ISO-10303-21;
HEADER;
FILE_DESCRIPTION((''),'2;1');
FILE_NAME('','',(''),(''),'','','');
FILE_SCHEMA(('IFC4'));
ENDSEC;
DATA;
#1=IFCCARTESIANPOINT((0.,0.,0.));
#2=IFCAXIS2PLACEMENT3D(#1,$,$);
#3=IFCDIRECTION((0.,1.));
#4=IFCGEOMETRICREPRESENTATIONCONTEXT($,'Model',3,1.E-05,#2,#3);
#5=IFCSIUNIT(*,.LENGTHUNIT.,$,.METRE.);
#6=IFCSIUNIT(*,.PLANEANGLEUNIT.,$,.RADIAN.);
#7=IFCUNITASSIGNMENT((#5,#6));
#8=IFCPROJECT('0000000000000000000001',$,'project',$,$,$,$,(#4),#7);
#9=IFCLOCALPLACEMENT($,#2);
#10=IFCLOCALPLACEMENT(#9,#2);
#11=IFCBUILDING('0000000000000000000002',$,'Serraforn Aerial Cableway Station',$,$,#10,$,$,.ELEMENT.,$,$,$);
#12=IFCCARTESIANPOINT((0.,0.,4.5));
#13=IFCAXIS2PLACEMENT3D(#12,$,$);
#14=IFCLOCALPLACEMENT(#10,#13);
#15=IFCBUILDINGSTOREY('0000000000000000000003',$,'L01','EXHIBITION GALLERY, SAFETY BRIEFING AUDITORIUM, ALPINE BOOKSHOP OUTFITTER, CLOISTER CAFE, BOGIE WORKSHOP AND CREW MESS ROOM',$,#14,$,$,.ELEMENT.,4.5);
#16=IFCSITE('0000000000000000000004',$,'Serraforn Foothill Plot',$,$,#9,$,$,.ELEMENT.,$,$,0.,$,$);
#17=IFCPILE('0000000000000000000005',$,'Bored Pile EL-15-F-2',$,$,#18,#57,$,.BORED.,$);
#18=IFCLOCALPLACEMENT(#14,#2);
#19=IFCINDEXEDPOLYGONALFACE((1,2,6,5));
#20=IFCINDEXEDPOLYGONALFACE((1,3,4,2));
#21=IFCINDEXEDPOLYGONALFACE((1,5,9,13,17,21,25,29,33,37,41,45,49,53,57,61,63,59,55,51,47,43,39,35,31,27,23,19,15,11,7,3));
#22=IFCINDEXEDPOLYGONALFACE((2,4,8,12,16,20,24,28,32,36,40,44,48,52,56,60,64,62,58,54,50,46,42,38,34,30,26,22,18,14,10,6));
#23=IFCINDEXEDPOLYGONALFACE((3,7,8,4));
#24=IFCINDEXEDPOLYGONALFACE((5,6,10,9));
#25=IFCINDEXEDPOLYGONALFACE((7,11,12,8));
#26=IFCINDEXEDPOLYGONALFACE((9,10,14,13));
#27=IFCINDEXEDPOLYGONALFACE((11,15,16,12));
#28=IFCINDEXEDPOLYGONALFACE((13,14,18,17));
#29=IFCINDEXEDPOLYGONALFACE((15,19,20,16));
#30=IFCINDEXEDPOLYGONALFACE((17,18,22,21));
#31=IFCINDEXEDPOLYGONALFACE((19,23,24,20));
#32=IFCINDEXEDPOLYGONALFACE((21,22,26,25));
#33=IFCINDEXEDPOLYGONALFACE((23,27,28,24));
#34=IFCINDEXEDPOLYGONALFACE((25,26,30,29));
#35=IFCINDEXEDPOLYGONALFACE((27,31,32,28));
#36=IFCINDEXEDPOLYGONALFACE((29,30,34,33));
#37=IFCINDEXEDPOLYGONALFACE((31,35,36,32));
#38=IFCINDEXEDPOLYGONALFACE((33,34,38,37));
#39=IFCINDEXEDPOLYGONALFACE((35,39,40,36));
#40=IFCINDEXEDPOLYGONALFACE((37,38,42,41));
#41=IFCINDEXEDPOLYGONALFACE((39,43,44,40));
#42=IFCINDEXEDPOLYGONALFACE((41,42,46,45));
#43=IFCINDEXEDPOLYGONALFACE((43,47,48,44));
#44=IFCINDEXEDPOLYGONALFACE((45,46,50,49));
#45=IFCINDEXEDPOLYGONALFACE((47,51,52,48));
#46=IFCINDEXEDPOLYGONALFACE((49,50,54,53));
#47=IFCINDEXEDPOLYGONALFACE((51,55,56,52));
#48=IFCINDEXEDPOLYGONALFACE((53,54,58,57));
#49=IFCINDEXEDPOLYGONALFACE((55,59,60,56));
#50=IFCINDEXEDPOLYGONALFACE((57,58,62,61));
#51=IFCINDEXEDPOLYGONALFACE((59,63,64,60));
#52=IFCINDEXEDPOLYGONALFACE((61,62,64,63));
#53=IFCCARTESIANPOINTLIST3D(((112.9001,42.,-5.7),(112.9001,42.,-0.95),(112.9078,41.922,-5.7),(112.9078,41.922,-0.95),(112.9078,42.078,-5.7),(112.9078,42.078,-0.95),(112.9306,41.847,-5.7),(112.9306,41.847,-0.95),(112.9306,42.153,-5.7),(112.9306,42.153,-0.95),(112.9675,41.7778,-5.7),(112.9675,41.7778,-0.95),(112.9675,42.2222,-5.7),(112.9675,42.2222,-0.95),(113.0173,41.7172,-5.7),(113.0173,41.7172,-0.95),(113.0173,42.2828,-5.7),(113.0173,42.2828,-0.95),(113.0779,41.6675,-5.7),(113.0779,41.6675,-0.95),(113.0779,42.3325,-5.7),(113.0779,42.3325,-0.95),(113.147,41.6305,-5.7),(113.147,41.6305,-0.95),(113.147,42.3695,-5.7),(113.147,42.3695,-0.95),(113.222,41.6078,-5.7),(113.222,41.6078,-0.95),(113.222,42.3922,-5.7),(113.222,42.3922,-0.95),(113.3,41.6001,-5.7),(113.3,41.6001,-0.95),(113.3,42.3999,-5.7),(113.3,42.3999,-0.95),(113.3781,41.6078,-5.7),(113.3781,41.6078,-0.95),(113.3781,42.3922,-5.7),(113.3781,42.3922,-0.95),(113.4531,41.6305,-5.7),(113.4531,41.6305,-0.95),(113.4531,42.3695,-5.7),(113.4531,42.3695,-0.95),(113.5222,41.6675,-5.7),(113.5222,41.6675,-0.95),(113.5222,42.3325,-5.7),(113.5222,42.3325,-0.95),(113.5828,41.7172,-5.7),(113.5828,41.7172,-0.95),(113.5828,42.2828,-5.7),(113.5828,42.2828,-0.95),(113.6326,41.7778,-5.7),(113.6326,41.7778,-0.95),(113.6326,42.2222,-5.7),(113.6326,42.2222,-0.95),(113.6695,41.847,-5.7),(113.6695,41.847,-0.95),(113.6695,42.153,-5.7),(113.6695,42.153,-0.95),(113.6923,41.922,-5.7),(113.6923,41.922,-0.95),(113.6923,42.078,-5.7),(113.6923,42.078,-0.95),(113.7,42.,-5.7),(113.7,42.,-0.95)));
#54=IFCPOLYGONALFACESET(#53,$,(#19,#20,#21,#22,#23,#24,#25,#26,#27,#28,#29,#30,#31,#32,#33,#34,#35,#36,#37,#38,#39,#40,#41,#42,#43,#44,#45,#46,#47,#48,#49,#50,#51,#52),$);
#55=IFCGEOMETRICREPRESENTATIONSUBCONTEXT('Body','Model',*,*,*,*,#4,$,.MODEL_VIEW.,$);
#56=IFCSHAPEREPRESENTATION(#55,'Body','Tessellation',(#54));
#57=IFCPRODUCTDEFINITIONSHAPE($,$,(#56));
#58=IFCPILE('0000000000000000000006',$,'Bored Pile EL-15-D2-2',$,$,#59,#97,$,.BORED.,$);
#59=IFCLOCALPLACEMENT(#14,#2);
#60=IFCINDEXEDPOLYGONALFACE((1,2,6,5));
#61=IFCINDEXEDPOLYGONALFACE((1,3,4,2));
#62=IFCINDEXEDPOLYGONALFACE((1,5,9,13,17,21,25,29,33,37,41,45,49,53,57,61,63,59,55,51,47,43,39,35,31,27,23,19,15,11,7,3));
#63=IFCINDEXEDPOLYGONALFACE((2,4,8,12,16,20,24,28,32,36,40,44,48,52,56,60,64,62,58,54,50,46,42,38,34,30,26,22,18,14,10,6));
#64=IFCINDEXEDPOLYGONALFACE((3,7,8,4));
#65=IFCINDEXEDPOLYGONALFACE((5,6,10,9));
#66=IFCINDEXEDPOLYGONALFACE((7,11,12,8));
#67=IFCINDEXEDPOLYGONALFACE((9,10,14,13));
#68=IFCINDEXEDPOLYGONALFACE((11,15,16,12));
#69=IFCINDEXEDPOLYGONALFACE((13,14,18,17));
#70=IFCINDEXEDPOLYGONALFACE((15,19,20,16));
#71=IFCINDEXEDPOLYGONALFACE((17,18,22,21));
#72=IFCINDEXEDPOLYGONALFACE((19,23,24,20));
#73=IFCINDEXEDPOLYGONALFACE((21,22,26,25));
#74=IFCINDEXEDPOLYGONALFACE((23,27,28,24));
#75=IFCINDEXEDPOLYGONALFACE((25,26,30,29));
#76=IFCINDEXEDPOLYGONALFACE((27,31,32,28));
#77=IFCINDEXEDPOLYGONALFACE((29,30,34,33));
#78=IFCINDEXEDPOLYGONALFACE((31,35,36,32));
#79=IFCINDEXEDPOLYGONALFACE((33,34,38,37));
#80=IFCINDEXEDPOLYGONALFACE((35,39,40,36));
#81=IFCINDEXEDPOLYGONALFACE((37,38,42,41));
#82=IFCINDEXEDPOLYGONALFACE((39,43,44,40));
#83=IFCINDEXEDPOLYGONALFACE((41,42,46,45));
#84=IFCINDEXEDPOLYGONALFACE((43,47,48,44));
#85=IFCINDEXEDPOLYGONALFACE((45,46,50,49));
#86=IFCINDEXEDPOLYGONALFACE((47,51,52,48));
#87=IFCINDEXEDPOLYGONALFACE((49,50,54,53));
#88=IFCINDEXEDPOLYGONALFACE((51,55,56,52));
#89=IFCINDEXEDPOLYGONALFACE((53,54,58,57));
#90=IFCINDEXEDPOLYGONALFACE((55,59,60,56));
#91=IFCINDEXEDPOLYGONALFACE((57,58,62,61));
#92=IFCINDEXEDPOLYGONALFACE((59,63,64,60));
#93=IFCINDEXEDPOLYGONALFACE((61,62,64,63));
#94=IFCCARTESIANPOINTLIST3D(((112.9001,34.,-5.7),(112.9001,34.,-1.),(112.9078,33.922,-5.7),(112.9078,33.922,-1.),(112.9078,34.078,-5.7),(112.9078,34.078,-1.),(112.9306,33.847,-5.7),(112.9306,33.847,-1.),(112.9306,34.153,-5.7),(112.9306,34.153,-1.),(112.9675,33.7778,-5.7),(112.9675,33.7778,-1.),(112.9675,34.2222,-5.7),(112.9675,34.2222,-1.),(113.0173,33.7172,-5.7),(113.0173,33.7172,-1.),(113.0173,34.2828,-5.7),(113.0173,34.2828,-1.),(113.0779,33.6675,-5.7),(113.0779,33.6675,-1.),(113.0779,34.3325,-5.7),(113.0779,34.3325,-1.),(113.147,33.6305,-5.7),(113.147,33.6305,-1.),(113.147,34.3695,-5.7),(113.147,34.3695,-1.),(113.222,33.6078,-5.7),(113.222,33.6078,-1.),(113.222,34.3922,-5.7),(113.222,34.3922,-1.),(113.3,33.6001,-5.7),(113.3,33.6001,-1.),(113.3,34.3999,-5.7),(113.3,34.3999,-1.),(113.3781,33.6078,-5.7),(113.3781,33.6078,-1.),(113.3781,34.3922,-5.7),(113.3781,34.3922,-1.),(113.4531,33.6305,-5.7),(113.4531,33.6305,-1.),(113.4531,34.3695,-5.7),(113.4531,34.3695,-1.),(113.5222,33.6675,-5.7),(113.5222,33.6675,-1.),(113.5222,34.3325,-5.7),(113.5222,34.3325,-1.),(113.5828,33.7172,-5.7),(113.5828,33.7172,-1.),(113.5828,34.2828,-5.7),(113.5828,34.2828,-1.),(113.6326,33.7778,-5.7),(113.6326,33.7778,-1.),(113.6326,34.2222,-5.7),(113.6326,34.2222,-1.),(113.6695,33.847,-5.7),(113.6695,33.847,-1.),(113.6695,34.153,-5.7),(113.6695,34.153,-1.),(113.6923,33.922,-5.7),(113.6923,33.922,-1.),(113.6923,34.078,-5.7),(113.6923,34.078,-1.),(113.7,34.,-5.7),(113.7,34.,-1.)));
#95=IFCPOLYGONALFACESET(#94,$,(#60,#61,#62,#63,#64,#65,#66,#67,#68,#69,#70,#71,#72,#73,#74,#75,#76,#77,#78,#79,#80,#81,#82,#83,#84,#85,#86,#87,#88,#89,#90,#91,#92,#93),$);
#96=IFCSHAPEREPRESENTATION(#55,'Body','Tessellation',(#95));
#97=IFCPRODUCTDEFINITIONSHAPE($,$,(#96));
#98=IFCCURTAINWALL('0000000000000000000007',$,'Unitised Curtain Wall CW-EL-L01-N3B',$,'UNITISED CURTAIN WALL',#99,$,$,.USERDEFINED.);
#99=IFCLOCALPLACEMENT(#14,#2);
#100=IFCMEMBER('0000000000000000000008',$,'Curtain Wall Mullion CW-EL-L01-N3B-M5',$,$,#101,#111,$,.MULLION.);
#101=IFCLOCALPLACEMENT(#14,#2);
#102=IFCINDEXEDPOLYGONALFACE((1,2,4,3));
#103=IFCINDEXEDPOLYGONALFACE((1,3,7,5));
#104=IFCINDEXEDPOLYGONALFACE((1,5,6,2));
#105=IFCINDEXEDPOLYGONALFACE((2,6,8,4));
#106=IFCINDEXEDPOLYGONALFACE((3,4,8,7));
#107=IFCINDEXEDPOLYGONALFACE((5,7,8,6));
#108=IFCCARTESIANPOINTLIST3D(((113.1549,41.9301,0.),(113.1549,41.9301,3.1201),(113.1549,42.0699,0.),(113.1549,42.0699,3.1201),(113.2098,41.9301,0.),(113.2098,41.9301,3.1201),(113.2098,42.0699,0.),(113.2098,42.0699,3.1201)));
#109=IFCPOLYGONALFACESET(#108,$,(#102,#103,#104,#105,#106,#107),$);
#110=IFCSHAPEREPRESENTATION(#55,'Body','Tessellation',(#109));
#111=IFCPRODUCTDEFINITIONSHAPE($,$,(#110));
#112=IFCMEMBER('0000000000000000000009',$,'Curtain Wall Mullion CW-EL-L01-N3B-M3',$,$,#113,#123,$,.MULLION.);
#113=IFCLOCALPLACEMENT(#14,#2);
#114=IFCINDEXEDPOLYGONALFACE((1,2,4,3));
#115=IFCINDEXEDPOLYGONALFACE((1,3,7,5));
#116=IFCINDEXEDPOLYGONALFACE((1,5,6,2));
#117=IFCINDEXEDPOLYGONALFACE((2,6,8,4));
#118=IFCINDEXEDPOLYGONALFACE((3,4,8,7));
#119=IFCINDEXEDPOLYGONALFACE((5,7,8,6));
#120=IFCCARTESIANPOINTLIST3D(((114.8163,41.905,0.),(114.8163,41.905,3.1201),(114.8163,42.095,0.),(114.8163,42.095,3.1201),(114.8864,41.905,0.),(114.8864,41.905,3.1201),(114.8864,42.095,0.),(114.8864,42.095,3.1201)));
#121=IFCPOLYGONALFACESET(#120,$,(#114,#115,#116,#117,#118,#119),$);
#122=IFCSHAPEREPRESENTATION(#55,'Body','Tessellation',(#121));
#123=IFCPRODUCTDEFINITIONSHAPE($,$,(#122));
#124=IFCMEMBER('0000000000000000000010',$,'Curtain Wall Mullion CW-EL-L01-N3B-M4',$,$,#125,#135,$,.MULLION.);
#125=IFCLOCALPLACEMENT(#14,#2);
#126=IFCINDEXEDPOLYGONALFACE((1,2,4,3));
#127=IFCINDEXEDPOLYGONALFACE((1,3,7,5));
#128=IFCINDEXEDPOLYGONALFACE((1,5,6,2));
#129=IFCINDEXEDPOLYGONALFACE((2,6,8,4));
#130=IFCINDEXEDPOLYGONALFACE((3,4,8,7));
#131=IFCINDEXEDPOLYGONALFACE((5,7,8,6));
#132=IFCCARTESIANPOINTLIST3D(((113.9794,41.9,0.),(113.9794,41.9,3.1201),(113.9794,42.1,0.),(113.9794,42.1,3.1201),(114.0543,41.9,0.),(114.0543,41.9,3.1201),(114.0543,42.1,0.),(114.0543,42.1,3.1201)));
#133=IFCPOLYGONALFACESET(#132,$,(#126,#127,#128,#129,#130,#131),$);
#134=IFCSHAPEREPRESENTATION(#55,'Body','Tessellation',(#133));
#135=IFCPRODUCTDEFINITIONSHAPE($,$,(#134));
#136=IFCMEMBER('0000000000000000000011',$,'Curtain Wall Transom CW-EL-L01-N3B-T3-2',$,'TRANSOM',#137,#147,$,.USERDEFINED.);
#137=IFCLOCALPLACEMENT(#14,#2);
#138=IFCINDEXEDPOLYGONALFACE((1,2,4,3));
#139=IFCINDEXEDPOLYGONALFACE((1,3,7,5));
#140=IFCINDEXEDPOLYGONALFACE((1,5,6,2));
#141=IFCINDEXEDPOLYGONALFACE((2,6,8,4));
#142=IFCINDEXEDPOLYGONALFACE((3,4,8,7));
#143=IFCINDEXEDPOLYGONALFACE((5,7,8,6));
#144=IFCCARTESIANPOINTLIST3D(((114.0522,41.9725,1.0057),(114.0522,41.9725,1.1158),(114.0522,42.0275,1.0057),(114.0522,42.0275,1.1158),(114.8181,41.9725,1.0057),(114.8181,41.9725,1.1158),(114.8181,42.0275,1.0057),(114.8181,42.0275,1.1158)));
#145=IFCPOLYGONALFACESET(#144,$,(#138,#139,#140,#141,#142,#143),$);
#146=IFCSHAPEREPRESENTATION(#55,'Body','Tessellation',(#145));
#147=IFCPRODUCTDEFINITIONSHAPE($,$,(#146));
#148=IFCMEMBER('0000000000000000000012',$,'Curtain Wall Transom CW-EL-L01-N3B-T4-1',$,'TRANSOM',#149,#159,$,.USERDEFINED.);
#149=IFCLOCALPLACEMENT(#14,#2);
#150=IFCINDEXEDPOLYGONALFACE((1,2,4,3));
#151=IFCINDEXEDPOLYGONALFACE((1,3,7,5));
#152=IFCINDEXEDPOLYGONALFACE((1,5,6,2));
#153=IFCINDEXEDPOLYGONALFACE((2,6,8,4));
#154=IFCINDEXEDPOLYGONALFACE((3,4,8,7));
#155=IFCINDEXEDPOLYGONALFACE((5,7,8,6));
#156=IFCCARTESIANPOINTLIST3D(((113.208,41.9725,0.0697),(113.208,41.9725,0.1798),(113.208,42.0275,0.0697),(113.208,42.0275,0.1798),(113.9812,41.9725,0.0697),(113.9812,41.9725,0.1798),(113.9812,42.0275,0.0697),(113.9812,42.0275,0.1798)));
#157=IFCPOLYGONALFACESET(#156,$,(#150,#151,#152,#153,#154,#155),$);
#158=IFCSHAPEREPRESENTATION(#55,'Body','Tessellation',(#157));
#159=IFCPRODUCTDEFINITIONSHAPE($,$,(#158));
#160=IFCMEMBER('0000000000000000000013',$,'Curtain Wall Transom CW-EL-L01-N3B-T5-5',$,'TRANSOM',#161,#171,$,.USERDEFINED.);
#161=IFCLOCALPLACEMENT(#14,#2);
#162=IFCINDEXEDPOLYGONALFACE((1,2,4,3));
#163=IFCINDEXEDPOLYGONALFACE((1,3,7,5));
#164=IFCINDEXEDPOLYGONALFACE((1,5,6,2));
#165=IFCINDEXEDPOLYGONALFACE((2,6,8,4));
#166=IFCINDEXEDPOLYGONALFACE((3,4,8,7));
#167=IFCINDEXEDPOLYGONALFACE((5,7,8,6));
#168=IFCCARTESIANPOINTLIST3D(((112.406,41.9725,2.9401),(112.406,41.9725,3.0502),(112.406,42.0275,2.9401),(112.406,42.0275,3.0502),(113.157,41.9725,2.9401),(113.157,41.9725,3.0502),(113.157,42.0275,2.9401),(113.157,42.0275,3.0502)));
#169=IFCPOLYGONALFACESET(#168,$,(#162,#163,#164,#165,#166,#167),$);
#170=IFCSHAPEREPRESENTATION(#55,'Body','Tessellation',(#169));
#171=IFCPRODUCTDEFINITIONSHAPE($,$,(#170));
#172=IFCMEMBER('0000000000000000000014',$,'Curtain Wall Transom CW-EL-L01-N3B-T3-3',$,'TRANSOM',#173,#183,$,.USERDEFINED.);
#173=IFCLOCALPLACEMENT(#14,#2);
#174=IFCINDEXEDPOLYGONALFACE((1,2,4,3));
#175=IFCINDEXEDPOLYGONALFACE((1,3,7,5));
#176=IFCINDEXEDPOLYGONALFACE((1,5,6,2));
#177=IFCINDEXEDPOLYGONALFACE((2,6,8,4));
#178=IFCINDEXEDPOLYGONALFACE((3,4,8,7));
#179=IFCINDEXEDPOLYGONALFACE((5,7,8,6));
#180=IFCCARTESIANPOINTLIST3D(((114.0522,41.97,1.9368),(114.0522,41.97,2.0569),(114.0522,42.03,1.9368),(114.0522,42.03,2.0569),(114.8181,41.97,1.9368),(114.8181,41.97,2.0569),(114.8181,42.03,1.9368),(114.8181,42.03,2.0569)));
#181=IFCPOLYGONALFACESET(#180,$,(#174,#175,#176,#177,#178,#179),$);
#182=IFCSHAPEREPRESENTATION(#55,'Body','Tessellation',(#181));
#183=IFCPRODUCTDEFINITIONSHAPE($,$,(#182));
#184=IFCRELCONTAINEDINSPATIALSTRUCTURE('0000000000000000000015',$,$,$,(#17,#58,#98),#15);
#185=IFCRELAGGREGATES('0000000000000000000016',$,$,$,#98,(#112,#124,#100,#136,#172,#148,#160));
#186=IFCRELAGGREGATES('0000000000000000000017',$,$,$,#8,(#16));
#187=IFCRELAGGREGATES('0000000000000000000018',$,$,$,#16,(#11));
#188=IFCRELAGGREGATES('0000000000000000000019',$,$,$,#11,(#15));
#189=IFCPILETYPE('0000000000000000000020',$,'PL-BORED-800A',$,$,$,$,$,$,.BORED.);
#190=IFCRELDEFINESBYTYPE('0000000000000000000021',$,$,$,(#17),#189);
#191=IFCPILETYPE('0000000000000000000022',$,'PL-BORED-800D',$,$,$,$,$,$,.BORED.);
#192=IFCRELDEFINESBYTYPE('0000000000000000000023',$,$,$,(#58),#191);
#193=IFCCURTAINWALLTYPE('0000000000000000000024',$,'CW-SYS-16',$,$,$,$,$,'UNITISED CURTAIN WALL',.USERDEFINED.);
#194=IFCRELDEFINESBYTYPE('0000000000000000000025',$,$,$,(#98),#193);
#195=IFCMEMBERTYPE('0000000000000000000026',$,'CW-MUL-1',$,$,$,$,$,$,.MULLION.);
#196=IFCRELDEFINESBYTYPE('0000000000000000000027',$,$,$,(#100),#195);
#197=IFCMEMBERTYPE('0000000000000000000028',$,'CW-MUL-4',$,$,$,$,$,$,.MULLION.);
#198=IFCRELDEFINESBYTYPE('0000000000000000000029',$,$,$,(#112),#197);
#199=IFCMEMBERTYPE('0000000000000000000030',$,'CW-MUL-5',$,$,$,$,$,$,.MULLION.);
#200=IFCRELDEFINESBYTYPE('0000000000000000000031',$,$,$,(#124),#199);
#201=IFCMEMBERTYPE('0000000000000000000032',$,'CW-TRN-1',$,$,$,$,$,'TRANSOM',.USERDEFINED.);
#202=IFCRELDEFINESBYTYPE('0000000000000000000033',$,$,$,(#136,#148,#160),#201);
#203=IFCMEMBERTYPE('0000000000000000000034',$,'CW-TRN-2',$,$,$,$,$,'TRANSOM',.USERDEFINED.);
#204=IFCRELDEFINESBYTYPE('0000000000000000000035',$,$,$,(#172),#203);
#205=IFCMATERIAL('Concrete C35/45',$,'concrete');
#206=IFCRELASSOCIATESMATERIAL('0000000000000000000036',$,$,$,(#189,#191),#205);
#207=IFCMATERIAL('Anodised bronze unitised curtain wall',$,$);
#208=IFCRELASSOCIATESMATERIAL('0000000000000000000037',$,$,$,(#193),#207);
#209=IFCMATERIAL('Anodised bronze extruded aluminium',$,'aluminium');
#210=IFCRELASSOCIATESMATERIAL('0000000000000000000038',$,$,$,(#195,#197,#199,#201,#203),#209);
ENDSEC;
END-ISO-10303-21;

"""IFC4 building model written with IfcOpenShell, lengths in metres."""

from ifc_helpers import new_model, si_unit, direction, frame, origin, origin_2d, place, context, subcontext, project, spatial, rectangle, circle, extrude, material, material_profile, profile_set, type_object, element, aggregate, save


model = new_model("IFC4")

# Units and contexts
model_context = context("Model", 3, precision=1e-05, world=origin(), true_north=direction((0.0, 1.0)))
body_context = subcontext(model_context, "Body", "Model", "MODEL_VIEW")
ifc_project = project(units=[si_unit("LENGTHUNIT", "METRE"), si_unit("PLANEANGLEUNIT", "RADIAN")], contexts=[model_context])

# Site, building, storey
site_placement = place(None, origin())
site = spatial("IfcSite", under=ifc_project, at=site_placement, Name="Serraforn Foothill Plot", CompositionType="ELEMENT", RefElevation=0.0)
building_placement = place(site_placement, origin())
building = spatial("IfcBuilding", under=site, at=building_placement, Name="Serraforn Aerial Cableway Station", CompositionType="ELEMENT")
storey_placement = place(building_placement, frame((0.0, 0.0, 4.5)))
storey = spatial("IfcBuildingStorey", under=building, at=storey_placement, Name="L01", Description="EXHIBITION GALLERY, SAFETY BRIEFING AUDITORIUM, ALPINE BOOKSHOP OUTFITTER, CLOISTER CAFE, BOGIE WORKSHOP AND CREW MESS ROOM", CompositionType="ELEMENT", Elevation=4.5)

# Piles
ifc_material_1 = material(Name="Concrete C35/45", Category="concrete")
ifc_material_profile_1 = material_profile(ifc_material_1, circle(Radius=0.3999, at=origin_2d()), Name="BORED PILE D800")
ifc_profile_set_1 = profile_set([ifc_material_profile_1], Name="Concrete C35/45")
pile_type_1 = type_object("IfcPileType", Name="PL-BORED-800A", PredefinedType="BORED", material=ifc_profile_set_1)
pile_1_placement = place(storey_placement, frame((113.3, 42.0, -0.95), z_axis=(0.0, 0.0, -1.0), x_axis=(1.0, 0.0, 0.0)))
element("IfcPile", 1, at=pile_1_placement, inside=storey, type_object=pile_type_1, Name="Bored Pile EL-15-F-2", PredefinedType="BORED", context=body_context, shape_type="SweptSolid", body=[
    extrude(circle(Radius=0.3999, at=origin_2d()), origin(), (0.0, 0.0, 1.0), 4.75),
])
ifc_material_profile_2 = material_profile(ifc_material_1, circle(Radius=0.3999, at=origin_2d()), Name="BORED PILE D800")
ifc_profile_set_2 = profile_set([ifc_material_profile_2], Name="Concrete C35/45")
pile_type_2 = type_object("IfcPileType", Name="PL-BORED-800D", PredefinedType="BORED", material=ifc_profile_set_2)
pile_2_placement = place(storey_placement, frame((113.3, 34.0, -1.0), z_axis=(0.0, 0.0, -1.0), x_axis=(1.0, 0.0, 0.0)))
element("IfcPile", 2, at=pile_2_placement, inside=storey, type_object=pile_type_2, Name="Bored Pile EL-15-D2-2", PredefinedType="BORED", context=body_context, shape_type="SweptSolid", body=[
    extrude(circle(Radius=0.3999, at=origin_2d()), origin(), (0.0, 0.0, 1.0), 4.7),
])

# Curtain wall, members
ifc_material_2 = material(Name="Anodised bronze unitised curtain wall")
curtain_wall_type = type_object("IfcCurtainWallType", Name="CW-SYS-16", ElementType="UNITISED CURTAIN WALL", PredefinedType="USERDEFINED", material=ifc_material_2)
curtain_wall_placement = place(storey_placement, origin())
curtain_wall = element("IfcCurtainWall", 3, at=curtain_wall_placement, inside=storey, type_object=curtain_wall_type, Name="Unitised Curtain Wall CW-EL-L01-N3B", ObjectType="UNITISED CURTAIN WALL", PredefinedType="USERDEFINED")
ifc_material_3 = material(Name="Anodised bronze extruded aluminium", Category="aluminium")
ifc_material_profile_3 = material_profile(ifc_material_3, rectangle(XDim=0.0549, YDim=0.1399, at=origin_2d()), Name="CW MULLION 55x140")
ifc_profile_set_3 = profile_set([ifc_material_profile_3], Name="Anodised bronze extruded aluminium")
member_type_1 = type_object("IfcMemberType", Name="CW-MUL-1", PredefinedType="MULLION", material=ifc_profile_set_3)
member_1_placement = place(storey_placement, frame((113.1824, 42.0, 0.0), z_axis=(0.0, 0.0, 1.0), x_axis=(-1.0, 0.0, 0.0)))
member_1 = element("IfcMember", 4, at=member_1_placement, type_object=member_type_1, Name="Curtain Wall Mullion CW-EL-L01-N3B-M5", PredefinedType="MULLION", context=body_context, shape_type="SweptSolid", body=[
    extrude(rectangle(XDim=0.0549, YDim=0.1399, at=origin_2d()), origin(), (0.0, 0.0, 1.0), 3.1201),
])
ifc_material_profile_4 = material_profile(ifc_material_3, rectangle(XDim=0.0701, YDim=0.1899, at=origin_2d()), Name="CW MULLION 70x190")
ifc_profile_set_4 = profile_set([ifc_material_profile_4], Name="Anodised bronze extruded aluminium")
member_type_2 = type_object("IfcMemberType", Name="CW-MUL-4", PredefinedType="MULLION", material=ifc_profile_set_4)
member_2_placement = place(storey_placement, frame((114.8513, 42.0, 0.0), z_axis=(0.0, 0.0, 1.0), x_axis=(-1.0, 0.0, 0.0)))
member_2 = element("IfcMember", 5, at=member_2_placement, type_object=member_type_2, Name="Curtain Wall Mullion CW-EL-L01-N3B-M3", PredefinedType="MULLION", context=body_context, shape_type="SweptSolid", body=[
    extrude(rectangle(XDim=0.0701, YDim=0.1899, at=origin_2d()), origin(), (0.0, 0.0, 1.0), 3.1201),
])
ifc_material_profile_5 = material_profile(ifc_material_3, rectangle(XDim=0.075, YDim=0.2, at=origin_2d()), Name="CW MULLION 75x200")
ifc_profile_set_5 = profile_set([ifc_material_profile_5], Name="Anodised bronze extruded aluminium")
member_type_3 = type_object("IfcMemberType", Name="CW-MUL-5", PredefinedType="MULLION", material=ifc_profile_set_5)
member_3_placement = place(storey_placement, frame((114.0168, 42.0, 0.0), z_axis=(0.0, 0.0, 1.0), x_axis=(-1.0, 0.0, 0.0)))
member_3 = element("IfcMember", 6, at=member_3_placement, type_object=member_type_3, Name="Curtain Wall Mullion CW-EL-L01-N3B-M4", PredefinedType="MULLION", context=body_context, shape_type="SweptSolid", body=[
    extrude(rectangle(XDim=0.075, YDim=0.2, at=origin_2d()), origin(), (0.0, 0.0, 1.0), 3.1201),
])
ifc_material_profile_6 = material_profile(ifc_material_3, rectangle(XDim=0.0549, YDim=0.1101, at=origin_2d()), Name="CW TRANSOM 55x110")
ifc_profile_set_6 = profile_set([ifc_material_profile_6], Name="Anodised bronze extruded aluminium")
member_type_4 = type_object("IfcMemberType", Name="CW-TRN-1", ElementType="TRANSOM", PredefinedType="USERDEFINED", material=ifc_profile_set_6)
member_4_placement = place(storey_placement, frame((114.8181, 42.0, 1.0608), z_axis=(-1.0, 0.0, 0.0), x_axis=(0.0, -1.0, 0.0)))
member_4 = element("IfcMember", 7, at=member_4_placement, type_object=member_type_4, Name="Curtain Wall Transom CW-EL-L01-N3B-T3-2", ObjectType="TRANSOM", PredefinedType="USERDEFINED", context=body_context, shape_type="SweptSolid", body=[
    extrude(rectangle(XDim=0.0549, YDim=0.1101, at=origin_2d()), origin(), (0.0, 0.0, 1.0), 0.7659),
])
member_5_placement = place(storey_placement, frame((113.9812, 42.0, 0.1248), z_axis=(-1.0, 0.0, 0.0), x_axis=(0.0, -1.0, 0.0)))
member_5 = element("IfcMember", 8, at=member_5_placement, type_object=member_type_4, Name="Curtain Wall Transom CW-EL-L01-N3B-T4-1", ObjectType="TRANSOM", PredefinedType="USERDEFINED", context=body_context, shape_type="SweptSolid", body=[
    extrude(rectangle(XDim=0.0549, YDim=0.1101, at=origin_2d()), origin(), (0.0, 0.0, 1.0), 0.7732),
])
member_6_placement = place(storey_placement, frame((113.157, 42.0, 2.9951), z_axis=(-1.0, 0.0, 0.0), x_axis=(0.0, -1.0, 0.0)))
member_6 = element("IfcMember", 9, at=member_6_placement, type_object=member_type_4, Name="Curtain Wall Transom CW-EL-L01-N3B-T5-5", ObjectType="TRANSOM", PredefinedType="USERDEFINED", context=body_context, shape_type="SweptSolid", body=[
    extrude(rectangle(XDim=0.0549, YDim=0.1101, at=origin_2d()), origin(), (0.0, 0.0, 1.0), 0.751),
])
ifc_material_profile_7 = material_profile(ifc_material_3, rectangle(XDim=0.0601, YDim=0.1201, at=origin_2d()), Name="CW TRANSOM 60x120")
ifc_profile_set_7 = profile_set([ifc_material_profile_7], Name="Anodised bronze extruded aluminium")
member_type_5 = type_object("IfcMemberType", Name="CW-TRN-2", ElementType="TRANSOM", PredefinedType="USERDEFINED", material=ifc_profile_set_7)
member_7_placement = place(storey_placement, frame((114.8181, 42.0, 1.9968), z_axis=(-1.0, 0.0, 0.0), x_axis=(0.0, -1.0, 0.0)))
member_7 = element("IfcMember", 10, at=member_7_placement, type_object=member_type_5, Name="Curtain Wall Transom CW-EL-L01-N3B-T3-3", ObjectType="TRANSOM", PredefinedType="USERDEFINED", context=body_context, shape_type="SweptSolid", body=[
    extrude(rectangle(XDim=0.0601, YDim=0.1201, at=origin_2d()), origin(), (0.0, 0.0, 1.0), 0.7659),
])
aggregate(curtain_wall, [member_2, member_3, member_1, member_4, member_7, member_5, member_6])

save(model, "model.ifc")
